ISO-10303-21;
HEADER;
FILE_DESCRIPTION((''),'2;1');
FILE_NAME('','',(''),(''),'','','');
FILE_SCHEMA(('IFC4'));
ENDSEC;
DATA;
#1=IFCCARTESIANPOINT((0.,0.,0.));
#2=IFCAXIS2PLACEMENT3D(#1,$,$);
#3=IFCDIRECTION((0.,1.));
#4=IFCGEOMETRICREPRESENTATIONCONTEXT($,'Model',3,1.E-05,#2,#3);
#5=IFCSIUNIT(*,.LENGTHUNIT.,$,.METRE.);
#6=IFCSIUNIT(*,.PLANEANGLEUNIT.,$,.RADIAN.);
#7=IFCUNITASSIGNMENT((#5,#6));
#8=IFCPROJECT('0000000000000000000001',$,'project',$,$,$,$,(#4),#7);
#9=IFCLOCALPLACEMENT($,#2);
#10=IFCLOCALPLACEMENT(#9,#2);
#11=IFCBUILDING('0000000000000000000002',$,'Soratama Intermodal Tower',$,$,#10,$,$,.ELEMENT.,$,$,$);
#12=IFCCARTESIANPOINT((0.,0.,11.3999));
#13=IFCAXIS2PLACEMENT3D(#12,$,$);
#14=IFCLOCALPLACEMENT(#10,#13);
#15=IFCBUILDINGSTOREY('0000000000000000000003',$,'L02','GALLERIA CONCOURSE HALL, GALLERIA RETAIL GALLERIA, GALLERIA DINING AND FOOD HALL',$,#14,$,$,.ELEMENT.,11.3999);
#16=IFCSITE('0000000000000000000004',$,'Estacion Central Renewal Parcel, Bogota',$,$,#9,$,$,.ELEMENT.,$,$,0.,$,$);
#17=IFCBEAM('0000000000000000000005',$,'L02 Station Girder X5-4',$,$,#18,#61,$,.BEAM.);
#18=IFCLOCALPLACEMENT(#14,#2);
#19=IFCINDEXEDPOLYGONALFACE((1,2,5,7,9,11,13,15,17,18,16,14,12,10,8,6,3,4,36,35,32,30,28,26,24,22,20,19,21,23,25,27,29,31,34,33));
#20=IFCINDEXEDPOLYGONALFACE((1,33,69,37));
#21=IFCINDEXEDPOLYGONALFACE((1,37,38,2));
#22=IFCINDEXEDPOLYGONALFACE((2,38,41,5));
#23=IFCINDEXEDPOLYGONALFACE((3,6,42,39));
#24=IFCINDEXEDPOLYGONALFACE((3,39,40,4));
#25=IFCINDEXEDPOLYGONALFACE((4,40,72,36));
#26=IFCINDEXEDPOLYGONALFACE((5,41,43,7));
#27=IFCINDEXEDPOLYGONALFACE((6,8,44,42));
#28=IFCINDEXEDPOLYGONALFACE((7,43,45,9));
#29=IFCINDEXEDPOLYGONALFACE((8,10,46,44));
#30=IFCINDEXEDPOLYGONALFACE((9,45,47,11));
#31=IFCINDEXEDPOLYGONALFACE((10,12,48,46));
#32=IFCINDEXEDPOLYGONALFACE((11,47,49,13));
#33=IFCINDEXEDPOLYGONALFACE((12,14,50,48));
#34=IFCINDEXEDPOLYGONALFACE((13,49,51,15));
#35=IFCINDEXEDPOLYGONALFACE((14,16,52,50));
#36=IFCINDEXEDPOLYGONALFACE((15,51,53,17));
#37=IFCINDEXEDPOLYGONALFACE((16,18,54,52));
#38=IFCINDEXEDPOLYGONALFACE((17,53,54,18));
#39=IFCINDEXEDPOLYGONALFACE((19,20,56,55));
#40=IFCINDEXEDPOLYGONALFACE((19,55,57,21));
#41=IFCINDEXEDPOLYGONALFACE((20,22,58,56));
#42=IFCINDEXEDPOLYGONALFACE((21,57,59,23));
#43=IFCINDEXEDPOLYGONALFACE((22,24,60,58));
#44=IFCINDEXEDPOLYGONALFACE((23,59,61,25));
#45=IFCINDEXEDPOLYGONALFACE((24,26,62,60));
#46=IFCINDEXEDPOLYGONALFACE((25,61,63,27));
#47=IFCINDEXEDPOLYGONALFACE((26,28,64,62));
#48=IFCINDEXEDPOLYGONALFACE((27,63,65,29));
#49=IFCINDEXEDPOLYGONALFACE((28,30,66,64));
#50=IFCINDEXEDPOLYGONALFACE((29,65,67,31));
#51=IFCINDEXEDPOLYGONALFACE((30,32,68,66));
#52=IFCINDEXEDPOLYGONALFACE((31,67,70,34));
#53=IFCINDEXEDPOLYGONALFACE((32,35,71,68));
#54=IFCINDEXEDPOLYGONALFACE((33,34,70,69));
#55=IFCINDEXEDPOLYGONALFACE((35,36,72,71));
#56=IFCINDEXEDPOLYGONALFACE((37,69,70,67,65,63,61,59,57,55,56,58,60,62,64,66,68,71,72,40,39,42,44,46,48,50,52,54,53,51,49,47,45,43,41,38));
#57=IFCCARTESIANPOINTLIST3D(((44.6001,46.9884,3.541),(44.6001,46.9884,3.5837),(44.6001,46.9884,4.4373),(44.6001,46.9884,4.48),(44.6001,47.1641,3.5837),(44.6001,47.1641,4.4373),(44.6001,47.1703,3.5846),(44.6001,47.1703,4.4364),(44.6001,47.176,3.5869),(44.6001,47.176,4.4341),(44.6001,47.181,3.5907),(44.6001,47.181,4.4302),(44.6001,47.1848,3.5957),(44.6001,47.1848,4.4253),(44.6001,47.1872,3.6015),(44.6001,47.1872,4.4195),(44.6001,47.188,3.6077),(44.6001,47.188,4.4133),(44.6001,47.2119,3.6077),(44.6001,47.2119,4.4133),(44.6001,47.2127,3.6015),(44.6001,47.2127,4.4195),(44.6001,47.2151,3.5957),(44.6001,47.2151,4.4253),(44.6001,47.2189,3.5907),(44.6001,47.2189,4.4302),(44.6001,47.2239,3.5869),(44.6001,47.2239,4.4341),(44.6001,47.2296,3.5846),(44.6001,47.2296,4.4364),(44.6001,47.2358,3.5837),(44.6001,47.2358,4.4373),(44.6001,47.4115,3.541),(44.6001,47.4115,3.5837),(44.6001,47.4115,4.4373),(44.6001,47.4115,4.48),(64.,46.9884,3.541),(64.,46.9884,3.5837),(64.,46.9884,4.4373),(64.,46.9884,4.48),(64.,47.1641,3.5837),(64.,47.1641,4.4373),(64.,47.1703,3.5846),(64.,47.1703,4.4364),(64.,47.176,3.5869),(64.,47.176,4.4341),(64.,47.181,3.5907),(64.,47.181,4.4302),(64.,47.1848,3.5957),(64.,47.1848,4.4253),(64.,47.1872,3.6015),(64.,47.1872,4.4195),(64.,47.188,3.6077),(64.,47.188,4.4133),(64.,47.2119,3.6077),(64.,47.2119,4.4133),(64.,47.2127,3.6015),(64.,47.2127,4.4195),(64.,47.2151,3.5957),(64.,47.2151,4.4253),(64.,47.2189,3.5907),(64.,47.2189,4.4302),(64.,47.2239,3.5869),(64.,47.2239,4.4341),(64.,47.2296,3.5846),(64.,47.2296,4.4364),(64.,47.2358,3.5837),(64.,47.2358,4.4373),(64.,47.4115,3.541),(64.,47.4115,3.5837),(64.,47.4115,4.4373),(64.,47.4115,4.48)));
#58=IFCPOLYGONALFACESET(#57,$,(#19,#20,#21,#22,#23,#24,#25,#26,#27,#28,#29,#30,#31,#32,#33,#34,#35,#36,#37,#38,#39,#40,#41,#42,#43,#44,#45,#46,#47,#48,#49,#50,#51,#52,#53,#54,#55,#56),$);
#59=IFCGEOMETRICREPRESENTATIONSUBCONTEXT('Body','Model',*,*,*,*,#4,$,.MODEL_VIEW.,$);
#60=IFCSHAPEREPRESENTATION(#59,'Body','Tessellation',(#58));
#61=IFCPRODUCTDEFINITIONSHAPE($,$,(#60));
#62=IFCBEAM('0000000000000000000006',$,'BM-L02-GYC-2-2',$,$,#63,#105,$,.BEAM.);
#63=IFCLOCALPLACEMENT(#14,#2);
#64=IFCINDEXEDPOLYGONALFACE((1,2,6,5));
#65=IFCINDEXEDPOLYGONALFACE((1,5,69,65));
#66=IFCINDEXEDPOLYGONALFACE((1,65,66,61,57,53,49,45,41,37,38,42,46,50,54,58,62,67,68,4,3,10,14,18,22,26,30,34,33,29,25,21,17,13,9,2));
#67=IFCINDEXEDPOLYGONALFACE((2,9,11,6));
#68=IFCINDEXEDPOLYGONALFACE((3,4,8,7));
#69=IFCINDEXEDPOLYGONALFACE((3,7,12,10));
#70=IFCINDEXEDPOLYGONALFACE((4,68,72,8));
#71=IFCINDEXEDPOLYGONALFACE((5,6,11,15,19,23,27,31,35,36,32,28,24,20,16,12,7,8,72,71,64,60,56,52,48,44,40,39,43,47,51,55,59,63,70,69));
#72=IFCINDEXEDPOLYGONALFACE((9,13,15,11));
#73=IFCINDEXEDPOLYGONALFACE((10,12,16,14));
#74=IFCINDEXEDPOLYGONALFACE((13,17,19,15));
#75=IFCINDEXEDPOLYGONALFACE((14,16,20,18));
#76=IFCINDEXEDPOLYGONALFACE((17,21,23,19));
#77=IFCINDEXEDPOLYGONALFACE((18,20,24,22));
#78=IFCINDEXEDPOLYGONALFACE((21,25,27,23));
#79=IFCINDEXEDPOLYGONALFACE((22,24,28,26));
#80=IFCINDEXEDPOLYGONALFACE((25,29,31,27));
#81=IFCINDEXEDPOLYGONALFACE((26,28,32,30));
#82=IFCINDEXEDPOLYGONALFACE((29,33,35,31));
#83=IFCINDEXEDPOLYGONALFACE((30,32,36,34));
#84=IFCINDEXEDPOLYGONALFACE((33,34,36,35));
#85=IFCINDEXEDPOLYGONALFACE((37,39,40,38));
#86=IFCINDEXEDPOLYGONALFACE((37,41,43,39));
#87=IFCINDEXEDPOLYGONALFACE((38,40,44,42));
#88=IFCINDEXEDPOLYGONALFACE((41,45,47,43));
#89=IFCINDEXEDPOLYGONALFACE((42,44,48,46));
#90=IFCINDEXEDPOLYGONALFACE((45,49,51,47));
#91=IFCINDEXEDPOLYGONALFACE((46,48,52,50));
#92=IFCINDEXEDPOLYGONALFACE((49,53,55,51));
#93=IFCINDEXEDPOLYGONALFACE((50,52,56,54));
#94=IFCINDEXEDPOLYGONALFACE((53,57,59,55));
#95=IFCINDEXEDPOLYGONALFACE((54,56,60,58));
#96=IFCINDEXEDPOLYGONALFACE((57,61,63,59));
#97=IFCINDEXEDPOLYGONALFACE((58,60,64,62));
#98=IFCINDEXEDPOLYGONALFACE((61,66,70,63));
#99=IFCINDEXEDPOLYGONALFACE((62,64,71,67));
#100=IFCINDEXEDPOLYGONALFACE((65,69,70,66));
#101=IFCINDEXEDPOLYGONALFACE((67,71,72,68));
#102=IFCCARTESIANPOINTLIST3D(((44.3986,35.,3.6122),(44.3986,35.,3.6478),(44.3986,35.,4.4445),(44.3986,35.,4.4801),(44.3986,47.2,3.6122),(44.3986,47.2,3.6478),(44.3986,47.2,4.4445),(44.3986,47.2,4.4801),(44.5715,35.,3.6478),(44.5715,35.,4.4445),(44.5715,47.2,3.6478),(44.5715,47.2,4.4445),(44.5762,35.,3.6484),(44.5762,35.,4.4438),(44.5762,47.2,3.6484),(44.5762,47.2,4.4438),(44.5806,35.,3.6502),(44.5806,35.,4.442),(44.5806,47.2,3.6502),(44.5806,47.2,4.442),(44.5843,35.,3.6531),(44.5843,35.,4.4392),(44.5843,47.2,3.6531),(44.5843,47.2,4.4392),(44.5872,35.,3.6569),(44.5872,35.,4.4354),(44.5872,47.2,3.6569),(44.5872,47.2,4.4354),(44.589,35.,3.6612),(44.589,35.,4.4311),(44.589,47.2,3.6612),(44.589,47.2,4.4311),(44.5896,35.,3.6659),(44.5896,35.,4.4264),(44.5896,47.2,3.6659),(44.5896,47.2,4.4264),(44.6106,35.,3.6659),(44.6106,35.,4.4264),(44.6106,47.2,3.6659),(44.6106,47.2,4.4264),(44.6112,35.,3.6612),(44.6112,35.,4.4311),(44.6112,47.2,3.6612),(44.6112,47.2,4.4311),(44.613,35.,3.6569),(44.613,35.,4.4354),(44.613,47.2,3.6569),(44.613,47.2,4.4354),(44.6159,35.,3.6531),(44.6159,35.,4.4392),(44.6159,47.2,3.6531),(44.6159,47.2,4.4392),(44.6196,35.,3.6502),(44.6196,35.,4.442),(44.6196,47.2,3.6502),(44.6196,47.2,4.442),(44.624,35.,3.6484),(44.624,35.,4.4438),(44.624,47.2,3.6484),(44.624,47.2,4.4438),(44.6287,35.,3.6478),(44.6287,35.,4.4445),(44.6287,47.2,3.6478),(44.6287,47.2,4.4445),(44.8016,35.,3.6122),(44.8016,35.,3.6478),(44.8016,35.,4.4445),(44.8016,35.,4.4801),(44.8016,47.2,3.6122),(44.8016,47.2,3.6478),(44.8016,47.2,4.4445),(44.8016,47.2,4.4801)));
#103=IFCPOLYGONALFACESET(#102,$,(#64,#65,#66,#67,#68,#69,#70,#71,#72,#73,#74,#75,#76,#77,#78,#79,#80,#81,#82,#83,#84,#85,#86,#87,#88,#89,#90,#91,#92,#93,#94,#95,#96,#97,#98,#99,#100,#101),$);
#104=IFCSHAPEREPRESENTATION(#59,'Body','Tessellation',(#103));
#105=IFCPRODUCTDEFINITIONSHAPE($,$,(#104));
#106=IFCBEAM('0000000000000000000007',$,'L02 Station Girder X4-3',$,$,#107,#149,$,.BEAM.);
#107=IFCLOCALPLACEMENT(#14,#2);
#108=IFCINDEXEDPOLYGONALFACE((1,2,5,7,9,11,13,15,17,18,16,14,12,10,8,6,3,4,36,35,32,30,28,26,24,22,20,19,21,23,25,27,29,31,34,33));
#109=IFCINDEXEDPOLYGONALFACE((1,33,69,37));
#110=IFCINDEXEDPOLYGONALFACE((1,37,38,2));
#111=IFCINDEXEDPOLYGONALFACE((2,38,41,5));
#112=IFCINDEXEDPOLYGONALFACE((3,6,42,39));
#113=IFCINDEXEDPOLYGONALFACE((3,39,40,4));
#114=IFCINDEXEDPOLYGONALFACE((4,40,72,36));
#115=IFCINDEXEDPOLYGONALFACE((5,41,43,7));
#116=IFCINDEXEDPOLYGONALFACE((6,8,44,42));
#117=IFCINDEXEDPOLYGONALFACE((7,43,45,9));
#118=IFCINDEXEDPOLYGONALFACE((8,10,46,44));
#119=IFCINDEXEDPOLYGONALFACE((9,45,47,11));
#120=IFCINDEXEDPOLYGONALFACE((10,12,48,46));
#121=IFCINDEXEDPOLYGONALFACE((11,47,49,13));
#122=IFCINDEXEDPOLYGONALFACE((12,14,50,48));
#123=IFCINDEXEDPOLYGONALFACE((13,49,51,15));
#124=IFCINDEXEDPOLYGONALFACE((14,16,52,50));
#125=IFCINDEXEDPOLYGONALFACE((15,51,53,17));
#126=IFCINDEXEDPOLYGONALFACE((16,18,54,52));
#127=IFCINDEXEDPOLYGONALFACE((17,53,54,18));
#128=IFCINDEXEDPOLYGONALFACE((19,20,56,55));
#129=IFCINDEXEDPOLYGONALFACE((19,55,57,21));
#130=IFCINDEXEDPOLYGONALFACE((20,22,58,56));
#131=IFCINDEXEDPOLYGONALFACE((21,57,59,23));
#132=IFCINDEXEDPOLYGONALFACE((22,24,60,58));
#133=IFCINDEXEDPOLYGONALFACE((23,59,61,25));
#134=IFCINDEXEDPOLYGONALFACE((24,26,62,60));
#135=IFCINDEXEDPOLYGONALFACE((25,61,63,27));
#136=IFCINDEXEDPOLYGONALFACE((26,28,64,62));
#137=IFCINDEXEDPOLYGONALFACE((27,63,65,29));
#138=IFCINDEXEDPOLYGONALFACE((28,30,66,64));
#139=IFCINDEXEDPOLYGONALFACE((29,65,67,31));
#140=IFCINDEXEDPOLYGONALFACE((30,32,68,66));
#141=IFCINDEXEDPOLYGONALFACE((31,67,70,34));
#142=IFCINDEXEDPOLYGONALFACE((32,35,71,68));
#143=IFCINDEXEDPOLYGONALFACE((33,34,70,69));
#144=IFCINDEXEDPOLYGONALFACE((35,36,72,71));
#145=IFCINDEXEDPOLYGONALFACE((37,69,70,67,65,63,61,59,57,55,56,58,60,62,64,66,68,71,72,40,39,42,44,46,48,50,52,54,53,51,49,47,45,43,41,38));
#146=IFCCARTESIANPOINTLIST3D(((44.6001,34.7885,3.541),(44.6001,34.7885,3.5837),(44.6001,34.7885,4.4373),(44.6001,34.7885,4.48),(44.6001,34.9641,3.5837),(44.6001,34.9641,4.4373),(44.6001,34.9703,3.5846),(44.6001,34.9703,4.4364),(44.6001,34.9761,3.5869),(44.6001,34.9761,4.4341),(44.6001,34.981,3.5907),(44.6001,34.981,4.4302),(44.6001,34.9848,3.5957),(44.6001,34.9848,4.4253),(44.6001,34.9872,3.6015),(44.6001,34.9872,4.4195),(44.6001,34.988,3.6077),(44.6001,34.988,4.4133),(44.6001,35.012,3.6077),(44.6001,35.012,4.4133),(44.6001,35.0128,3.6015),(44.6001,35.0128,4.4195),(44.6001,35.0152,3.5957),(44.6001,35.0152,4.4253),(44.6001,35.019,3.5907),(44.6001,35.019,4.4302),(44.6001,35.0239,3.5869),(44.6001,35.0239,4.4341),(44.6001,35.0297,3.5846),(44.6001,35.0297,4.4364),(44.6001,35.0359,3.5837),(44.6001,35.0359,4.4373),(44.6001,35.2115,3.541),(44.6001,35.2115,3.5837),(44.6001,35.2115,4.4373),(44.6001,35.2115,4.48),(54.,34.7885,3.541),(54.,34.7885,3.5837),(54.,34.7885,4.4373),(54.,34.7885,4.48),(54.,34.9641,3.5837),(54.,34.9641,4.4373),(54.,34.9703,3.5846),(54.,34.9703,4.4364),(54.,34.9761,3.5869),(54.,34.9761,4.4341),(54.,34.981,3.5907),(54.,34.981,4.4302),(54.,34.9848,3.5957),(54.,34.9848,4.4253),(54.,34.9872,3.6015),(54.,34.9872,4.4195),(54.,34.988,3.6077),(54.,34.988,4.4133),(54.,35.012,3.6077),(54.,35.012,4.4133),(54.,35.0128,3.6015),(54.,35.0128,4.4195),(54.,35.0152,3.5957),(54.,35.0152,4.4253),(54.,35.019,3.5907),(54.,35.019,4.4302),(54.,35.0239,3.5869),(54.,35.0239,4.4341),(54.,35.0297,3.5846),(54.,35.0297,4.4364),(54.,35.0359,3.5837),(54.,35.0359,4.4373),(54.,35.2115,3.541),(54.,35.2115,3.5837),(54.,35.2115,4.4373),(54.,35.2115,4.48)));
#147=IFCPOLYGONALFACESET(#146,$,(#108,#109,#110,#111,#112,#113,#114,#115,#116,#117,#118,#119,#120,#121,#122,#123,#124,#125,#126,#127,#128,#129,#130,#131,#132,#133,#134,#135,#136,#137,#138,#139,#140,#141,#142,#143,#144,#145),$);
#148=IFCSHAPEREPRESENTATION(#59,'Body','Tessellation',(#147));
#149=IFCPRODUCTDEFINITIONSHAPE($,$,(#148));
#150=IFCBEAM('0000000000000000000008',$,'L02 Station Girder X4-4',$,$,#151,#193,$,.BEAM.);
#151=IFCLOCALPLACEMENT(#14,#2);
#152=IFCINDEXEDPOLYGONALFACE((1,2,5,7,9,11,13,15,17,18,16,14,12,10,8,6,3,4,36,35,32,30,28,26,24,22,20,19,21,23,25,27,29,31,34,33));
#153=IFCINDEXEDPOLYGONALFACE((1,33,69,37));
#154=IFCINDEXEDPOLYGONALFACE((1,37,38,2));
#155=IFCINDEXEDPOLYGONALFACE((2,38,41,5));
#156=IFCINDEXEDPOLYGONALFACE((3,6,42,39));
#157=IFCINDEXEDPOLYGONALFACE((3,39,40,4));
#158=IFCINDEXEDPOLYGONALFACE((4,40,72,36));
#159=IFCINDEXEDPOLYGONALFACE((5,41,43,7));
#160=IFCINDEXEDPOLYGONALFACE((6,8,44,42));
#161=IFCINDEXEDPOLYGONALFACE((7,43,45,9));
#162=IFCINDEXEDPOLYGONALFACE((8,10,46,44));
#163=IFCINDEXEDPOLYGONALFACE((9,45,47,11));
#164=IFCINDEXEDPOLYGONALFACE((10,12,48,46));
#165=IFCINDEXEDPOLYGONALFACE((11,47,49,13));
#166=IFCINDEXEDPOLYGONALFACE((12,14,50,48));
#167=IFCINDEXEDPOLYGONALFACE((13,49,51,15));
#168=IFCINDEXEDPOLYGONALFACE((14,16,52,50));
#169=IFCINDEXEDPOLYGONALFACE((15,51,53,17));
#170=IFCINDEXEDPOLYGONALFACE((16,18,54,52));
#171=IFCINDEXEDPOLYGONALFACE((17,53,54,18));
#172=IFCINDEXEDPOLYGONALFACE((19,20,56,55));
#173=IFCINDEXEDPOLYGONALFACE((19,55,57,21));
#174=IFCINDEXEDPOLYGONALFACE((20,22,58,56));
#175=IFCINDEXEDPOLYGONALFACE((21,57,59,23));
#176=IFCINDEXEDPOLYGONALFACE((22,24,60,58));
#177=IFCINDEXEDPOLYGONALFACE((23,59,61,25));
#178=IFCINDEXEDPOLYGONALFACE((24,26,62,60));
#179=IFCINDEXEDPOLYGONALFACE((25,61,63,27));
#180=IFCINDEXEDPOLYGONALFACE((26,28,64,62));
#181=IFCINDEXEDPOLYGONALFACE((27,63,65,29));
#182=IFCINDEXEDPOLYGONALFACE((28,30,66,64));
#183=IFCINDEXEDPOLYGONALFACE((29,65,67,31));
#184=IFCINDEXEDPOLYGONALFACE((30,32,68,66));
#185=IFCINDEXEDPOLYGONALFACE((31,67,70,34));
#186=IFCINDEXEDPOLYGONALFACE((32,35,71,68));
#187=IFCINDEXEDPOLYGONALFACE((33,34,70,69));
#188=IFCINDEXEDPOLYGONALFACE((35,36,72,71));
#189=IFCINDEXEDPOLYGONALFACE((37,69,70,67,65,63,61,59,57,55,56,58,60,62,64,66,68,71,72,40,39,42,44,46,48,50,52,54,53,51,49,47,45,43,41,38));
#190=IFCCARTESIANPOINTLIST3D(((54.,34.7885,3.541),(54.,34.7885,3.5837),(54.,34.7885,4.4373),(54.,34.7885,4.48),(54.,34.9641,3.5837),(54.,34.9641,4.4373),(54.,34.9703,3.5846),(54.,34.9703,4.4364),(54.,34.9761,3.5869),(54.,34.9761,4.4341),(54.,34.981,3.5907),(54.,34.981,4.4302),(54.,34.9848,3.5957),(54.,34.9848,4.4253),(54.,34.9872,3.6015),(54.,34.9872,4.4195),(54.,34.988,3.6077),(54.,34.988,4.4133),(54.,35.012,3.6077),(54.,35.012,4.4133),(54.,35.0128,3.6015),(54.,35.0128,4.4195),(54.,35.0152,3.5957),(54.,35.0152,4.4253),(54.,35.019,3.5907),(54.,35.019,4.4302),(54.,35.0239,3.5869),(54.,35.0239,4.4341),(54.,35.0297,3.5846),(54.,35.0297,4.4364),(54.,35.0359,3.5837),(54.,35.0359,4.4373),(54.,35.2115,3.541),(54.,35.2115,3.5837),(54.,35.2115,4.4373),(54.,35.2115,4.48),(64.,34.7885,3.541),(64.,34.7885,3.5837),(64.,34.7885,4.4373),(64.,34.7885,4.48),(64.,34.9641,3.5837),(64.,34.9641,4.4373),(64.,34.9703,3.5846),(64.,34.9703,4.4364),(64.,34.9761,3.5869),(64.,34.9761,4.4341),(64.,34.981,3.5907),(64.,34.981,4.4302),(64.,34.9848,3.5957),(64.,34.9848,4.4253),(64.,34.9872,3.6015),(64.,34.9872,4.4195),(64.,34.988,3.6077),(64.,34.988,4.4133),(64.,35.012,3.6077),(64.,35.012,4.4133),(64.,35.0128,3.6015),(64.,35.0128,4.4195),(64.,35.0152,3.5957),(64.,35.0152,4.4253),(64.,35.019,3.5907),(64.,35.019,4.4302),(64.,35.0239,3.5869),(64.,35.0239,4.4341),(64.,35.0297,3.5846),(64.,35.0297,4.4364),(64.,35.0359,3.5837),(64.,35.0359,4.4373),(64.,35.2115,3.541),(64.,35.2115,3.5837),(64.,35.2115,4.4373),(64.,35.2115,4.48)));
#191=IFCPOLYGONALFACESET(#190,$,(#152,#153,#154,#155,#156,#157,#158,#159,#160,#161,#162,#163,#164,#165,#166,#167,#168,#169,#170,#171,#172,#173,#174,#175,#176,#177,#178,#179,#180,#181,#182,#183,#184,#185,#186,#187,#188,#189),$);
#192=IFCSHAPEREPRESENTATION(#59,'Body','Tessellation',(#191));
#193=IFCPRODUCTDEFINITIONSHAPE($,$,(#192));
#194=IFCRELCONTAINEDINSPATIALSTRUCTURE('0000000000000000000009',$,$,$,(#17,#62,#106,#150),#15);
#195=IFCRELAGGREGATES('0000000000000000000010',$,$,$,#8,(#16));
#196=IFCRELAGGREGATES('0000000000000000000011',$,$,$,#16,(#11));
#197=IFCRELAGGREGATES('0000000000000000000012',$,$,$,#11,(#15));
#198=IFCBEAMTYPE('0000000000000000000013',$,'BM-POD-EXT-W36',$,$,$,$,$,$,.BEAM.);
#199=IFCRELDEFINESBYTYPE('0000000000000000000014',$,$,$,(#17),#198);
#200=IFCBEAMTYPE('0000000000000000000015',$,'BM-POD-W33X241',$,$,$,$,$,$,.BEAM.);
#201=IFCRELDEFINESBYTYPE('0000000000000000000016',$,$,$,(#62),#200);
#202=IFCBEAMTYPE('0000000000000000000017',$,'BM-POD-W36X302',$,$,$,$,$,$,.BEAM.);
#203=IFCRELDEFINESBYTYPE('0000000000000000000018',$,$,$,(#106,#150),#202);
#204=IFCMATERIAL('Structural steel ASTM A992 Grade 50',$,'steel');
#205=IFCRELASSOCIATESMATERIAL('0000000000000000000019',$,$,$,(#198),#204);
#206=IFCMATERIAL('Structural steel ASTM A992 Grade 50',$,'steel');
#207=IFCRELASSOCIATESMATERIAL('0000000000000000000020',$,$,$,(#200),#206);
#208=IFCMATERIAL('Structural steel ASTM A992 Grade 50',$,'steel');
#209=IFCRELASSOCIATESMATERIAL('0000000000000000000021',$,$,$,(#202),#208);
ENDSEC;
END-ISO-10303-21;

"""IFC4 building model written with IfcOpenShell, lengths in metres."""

from ifc_helpers import new_model, si_unit, direction, frame, origin, origin_2d, place, context, subcontext, project, spatial, i_section, extrude, material, material_profile, profile_set, type_object, element, save


model = new_model("IFC4")

# Units and contexts
model_context = context("Model", 3, precision=1e-05, world=origin(), true_north=direction((0.0, 1.0)))
body_context = subcontext(model_context, "Body", "Model", "MODEL_VIEW")
ifc_project = project(units=[si_unit("LENGTHUNIT", "METRE"), si_unit("PLANEANGLEUNIT", "RADIAN")], contexts=[model_context])

# Site, building, storey
site_placement = place(None, origin())
site = spatial("IfcSite", under=ifc_project, at=site_placement, Name="Estacion Central Renewal Parcel, Bogota", CompositionType="ELEMENT", RefElevation=0.0)
building_placement = place(site_placement, origin())
building = spatial("IfcBuilding", under=site, at=building_placement, Name="Soratama Intermodal Tower", CompositionType="ELEMENT")
storey_placement = place(building_placement, frame((0.0, 0.0, 11.3999)))
storey = spatial("IfcBuildingStorey", under=building, at=storey_placement, Name="L02", Description="GALLERIA CONCOURSE HALL, GALLERIA RETAIL GALLERIA, GALLERIA DINING AND FOOD HALL", CompositionType="ELEMENT", Elevation=11.3999)

# Beams
ifc_material_1 = material(Name="Structural steel ASTM A992 Grade 50", Category="steel")
ifc_material_profile_1 = material_profile(ifc_material_1, i_section(OverallWidth=0.4231, OverallDepth=0.939, WebThickness=0.0239, FlangeThickness=0.0427, FilletRadius=0.0239, at=origin_2d()), Name="W36X302")
ifc_profile_set_1 = profile_set([ifc_material_profile_1], Name="Structural steel ASTM A992 Grade 50")
beam_type_1 = type_object("IfcBeamType", Name="BM-POD-EXT-W36", PredefinedType="BEAM", material=ifc_profile_set_1)
beam_1_placement = place(storey_placement, frame((44.6001, 47.2, 4.0105), z_axis=(1.0, 0.0, 0.0), x_axis=(0.0, 1.0, 0.0)))
element("IfcBeam", 1, at=beam_1_placement, inside=storey, type_object=beam_type_1, Name="L02 Station Girder X5-4", PredefinedType="BEAM", context=body_context, shape_type="SweptSolid", body=[
    extrude(i_section(OverallWidth=0.4231, OverallDepth=0.939, WebThickness=0.0239, FlangeThickness=0.0427, FilletRadius=0.0239, at=origin_2d()), origin(), (0.0, 0.0, 1.0), 19.3999),
])
ifc_material_2 = material(Name="Structural steel ASTM A992 Grade 50", Category="steel")
ifc_material_profile_2 = material_profile(ifc_material_2, i_section(OverallWidth=0.4031, OverallDepth=0.8679, WebThickness=0.021, FlangeThickness=0.0356, FilletRadius=0.0181, at=origin_2d()), Name="W33X241")
ifc_profile_set_2 = profile_set([ifc_material_profile_2], Name="Structural steel ASTM A992 Grade 50")
beam_type_2 = type_object("IfcBeamType", Name="BM-POD-W33X241", PredefinedType="BEAM", material=ifc_profile_set_2)
beam_2_placement = place(storey_placement, frame((44.6001, 35.0, 4.0461), z_axis=(0.0, 1.0, 0.0), x_axis=(-1.0, 0.0, 0.0)))
element("IfcBeam", 2, at=beam_2_placement, inside=storey, type_object=beam_type_2, Name="BM-L02-GYC-2-2", PredefinedType="BEAM", context=body_context, shape_type="SweptSolid", body=[
    extrude(i_section(OverallWidth=0.4031, OverallDepth=0.8679, WebThickness=0.021, FlangeThickness=0.0356, FilletRadius=0.0181, at=origin_2d()), origin(), (0.0, 0.0, 1.0), 12.2),
])
ifc_material_3 = material(Name="Structural steel ASTM A992 Grade 50", Category="steel")
ifc_material_profile_3 = material_profile(ifc_material_3, i_section(OverallWidth=0.4231, OverallDepth=0.939, WebThickness=0.0239, FlangeThickness=0.0427, FilletRadius=0.0239, at=origin_2d()), Name="W36X302")
ifc_profile_set_3 = profile_set([ifc_material_profile_3], Name="Structural steel ASTM A992 Grade 50")
beam_type_3 = type_object("IfcBeamType", Name="BM-POD-W36X302", PredefinedType="BEAM", material=ifc_profile_set_3)
beam_3_placement = place(storey_placement, frame((44.6001, 35.0, 4.0105), z_axis=(1.0, 0.0, 0.0), x_axis=(0.0, 1.0, 0.0)))
element("IfcBeam", 3, at=beam_3_placement, inside=storey, type_object=beam_type_3, Name="L02 Station Girder X4-3", PredefinedType="BEAM", context=body_context, shape_type="SweptSolid", body=[
    extrude(i_section(OverallWidth=0.4231, OverallDepth=0.939, WebThickness=0.0239, FlangeThickness=0.0427, FilletRadius=0.0239, at=origin_2d()), origin(), (0.0, 0.0, 1.0), 9.3999),
])
beam_4_placement = place(storey_placement, frame((54.0, 35.0, 4.0105), z_axis=(1.0, 0.0, 0.0), x_axis=(0.0, 1.0, 0.0)))
element("IfcBeam", 4, at=beam_4_placement, inside=storey, type_object=beam_type_3, Name="L02 Station Girder X4-4", PredefinedType="BEAM", context=body_context, shape_type="SweptSolid", body=[
    extrude(i_section(OverallWidth=0.4231, OverallDepth=0.939, WebThickness=0.0239, FlangeThickness=0.0427, FilletRadius=0.0239, at=origin_2d()), origin(), (0.0, 0.0, 1.0), 10.0),
])

save(model, "model.ifc")
